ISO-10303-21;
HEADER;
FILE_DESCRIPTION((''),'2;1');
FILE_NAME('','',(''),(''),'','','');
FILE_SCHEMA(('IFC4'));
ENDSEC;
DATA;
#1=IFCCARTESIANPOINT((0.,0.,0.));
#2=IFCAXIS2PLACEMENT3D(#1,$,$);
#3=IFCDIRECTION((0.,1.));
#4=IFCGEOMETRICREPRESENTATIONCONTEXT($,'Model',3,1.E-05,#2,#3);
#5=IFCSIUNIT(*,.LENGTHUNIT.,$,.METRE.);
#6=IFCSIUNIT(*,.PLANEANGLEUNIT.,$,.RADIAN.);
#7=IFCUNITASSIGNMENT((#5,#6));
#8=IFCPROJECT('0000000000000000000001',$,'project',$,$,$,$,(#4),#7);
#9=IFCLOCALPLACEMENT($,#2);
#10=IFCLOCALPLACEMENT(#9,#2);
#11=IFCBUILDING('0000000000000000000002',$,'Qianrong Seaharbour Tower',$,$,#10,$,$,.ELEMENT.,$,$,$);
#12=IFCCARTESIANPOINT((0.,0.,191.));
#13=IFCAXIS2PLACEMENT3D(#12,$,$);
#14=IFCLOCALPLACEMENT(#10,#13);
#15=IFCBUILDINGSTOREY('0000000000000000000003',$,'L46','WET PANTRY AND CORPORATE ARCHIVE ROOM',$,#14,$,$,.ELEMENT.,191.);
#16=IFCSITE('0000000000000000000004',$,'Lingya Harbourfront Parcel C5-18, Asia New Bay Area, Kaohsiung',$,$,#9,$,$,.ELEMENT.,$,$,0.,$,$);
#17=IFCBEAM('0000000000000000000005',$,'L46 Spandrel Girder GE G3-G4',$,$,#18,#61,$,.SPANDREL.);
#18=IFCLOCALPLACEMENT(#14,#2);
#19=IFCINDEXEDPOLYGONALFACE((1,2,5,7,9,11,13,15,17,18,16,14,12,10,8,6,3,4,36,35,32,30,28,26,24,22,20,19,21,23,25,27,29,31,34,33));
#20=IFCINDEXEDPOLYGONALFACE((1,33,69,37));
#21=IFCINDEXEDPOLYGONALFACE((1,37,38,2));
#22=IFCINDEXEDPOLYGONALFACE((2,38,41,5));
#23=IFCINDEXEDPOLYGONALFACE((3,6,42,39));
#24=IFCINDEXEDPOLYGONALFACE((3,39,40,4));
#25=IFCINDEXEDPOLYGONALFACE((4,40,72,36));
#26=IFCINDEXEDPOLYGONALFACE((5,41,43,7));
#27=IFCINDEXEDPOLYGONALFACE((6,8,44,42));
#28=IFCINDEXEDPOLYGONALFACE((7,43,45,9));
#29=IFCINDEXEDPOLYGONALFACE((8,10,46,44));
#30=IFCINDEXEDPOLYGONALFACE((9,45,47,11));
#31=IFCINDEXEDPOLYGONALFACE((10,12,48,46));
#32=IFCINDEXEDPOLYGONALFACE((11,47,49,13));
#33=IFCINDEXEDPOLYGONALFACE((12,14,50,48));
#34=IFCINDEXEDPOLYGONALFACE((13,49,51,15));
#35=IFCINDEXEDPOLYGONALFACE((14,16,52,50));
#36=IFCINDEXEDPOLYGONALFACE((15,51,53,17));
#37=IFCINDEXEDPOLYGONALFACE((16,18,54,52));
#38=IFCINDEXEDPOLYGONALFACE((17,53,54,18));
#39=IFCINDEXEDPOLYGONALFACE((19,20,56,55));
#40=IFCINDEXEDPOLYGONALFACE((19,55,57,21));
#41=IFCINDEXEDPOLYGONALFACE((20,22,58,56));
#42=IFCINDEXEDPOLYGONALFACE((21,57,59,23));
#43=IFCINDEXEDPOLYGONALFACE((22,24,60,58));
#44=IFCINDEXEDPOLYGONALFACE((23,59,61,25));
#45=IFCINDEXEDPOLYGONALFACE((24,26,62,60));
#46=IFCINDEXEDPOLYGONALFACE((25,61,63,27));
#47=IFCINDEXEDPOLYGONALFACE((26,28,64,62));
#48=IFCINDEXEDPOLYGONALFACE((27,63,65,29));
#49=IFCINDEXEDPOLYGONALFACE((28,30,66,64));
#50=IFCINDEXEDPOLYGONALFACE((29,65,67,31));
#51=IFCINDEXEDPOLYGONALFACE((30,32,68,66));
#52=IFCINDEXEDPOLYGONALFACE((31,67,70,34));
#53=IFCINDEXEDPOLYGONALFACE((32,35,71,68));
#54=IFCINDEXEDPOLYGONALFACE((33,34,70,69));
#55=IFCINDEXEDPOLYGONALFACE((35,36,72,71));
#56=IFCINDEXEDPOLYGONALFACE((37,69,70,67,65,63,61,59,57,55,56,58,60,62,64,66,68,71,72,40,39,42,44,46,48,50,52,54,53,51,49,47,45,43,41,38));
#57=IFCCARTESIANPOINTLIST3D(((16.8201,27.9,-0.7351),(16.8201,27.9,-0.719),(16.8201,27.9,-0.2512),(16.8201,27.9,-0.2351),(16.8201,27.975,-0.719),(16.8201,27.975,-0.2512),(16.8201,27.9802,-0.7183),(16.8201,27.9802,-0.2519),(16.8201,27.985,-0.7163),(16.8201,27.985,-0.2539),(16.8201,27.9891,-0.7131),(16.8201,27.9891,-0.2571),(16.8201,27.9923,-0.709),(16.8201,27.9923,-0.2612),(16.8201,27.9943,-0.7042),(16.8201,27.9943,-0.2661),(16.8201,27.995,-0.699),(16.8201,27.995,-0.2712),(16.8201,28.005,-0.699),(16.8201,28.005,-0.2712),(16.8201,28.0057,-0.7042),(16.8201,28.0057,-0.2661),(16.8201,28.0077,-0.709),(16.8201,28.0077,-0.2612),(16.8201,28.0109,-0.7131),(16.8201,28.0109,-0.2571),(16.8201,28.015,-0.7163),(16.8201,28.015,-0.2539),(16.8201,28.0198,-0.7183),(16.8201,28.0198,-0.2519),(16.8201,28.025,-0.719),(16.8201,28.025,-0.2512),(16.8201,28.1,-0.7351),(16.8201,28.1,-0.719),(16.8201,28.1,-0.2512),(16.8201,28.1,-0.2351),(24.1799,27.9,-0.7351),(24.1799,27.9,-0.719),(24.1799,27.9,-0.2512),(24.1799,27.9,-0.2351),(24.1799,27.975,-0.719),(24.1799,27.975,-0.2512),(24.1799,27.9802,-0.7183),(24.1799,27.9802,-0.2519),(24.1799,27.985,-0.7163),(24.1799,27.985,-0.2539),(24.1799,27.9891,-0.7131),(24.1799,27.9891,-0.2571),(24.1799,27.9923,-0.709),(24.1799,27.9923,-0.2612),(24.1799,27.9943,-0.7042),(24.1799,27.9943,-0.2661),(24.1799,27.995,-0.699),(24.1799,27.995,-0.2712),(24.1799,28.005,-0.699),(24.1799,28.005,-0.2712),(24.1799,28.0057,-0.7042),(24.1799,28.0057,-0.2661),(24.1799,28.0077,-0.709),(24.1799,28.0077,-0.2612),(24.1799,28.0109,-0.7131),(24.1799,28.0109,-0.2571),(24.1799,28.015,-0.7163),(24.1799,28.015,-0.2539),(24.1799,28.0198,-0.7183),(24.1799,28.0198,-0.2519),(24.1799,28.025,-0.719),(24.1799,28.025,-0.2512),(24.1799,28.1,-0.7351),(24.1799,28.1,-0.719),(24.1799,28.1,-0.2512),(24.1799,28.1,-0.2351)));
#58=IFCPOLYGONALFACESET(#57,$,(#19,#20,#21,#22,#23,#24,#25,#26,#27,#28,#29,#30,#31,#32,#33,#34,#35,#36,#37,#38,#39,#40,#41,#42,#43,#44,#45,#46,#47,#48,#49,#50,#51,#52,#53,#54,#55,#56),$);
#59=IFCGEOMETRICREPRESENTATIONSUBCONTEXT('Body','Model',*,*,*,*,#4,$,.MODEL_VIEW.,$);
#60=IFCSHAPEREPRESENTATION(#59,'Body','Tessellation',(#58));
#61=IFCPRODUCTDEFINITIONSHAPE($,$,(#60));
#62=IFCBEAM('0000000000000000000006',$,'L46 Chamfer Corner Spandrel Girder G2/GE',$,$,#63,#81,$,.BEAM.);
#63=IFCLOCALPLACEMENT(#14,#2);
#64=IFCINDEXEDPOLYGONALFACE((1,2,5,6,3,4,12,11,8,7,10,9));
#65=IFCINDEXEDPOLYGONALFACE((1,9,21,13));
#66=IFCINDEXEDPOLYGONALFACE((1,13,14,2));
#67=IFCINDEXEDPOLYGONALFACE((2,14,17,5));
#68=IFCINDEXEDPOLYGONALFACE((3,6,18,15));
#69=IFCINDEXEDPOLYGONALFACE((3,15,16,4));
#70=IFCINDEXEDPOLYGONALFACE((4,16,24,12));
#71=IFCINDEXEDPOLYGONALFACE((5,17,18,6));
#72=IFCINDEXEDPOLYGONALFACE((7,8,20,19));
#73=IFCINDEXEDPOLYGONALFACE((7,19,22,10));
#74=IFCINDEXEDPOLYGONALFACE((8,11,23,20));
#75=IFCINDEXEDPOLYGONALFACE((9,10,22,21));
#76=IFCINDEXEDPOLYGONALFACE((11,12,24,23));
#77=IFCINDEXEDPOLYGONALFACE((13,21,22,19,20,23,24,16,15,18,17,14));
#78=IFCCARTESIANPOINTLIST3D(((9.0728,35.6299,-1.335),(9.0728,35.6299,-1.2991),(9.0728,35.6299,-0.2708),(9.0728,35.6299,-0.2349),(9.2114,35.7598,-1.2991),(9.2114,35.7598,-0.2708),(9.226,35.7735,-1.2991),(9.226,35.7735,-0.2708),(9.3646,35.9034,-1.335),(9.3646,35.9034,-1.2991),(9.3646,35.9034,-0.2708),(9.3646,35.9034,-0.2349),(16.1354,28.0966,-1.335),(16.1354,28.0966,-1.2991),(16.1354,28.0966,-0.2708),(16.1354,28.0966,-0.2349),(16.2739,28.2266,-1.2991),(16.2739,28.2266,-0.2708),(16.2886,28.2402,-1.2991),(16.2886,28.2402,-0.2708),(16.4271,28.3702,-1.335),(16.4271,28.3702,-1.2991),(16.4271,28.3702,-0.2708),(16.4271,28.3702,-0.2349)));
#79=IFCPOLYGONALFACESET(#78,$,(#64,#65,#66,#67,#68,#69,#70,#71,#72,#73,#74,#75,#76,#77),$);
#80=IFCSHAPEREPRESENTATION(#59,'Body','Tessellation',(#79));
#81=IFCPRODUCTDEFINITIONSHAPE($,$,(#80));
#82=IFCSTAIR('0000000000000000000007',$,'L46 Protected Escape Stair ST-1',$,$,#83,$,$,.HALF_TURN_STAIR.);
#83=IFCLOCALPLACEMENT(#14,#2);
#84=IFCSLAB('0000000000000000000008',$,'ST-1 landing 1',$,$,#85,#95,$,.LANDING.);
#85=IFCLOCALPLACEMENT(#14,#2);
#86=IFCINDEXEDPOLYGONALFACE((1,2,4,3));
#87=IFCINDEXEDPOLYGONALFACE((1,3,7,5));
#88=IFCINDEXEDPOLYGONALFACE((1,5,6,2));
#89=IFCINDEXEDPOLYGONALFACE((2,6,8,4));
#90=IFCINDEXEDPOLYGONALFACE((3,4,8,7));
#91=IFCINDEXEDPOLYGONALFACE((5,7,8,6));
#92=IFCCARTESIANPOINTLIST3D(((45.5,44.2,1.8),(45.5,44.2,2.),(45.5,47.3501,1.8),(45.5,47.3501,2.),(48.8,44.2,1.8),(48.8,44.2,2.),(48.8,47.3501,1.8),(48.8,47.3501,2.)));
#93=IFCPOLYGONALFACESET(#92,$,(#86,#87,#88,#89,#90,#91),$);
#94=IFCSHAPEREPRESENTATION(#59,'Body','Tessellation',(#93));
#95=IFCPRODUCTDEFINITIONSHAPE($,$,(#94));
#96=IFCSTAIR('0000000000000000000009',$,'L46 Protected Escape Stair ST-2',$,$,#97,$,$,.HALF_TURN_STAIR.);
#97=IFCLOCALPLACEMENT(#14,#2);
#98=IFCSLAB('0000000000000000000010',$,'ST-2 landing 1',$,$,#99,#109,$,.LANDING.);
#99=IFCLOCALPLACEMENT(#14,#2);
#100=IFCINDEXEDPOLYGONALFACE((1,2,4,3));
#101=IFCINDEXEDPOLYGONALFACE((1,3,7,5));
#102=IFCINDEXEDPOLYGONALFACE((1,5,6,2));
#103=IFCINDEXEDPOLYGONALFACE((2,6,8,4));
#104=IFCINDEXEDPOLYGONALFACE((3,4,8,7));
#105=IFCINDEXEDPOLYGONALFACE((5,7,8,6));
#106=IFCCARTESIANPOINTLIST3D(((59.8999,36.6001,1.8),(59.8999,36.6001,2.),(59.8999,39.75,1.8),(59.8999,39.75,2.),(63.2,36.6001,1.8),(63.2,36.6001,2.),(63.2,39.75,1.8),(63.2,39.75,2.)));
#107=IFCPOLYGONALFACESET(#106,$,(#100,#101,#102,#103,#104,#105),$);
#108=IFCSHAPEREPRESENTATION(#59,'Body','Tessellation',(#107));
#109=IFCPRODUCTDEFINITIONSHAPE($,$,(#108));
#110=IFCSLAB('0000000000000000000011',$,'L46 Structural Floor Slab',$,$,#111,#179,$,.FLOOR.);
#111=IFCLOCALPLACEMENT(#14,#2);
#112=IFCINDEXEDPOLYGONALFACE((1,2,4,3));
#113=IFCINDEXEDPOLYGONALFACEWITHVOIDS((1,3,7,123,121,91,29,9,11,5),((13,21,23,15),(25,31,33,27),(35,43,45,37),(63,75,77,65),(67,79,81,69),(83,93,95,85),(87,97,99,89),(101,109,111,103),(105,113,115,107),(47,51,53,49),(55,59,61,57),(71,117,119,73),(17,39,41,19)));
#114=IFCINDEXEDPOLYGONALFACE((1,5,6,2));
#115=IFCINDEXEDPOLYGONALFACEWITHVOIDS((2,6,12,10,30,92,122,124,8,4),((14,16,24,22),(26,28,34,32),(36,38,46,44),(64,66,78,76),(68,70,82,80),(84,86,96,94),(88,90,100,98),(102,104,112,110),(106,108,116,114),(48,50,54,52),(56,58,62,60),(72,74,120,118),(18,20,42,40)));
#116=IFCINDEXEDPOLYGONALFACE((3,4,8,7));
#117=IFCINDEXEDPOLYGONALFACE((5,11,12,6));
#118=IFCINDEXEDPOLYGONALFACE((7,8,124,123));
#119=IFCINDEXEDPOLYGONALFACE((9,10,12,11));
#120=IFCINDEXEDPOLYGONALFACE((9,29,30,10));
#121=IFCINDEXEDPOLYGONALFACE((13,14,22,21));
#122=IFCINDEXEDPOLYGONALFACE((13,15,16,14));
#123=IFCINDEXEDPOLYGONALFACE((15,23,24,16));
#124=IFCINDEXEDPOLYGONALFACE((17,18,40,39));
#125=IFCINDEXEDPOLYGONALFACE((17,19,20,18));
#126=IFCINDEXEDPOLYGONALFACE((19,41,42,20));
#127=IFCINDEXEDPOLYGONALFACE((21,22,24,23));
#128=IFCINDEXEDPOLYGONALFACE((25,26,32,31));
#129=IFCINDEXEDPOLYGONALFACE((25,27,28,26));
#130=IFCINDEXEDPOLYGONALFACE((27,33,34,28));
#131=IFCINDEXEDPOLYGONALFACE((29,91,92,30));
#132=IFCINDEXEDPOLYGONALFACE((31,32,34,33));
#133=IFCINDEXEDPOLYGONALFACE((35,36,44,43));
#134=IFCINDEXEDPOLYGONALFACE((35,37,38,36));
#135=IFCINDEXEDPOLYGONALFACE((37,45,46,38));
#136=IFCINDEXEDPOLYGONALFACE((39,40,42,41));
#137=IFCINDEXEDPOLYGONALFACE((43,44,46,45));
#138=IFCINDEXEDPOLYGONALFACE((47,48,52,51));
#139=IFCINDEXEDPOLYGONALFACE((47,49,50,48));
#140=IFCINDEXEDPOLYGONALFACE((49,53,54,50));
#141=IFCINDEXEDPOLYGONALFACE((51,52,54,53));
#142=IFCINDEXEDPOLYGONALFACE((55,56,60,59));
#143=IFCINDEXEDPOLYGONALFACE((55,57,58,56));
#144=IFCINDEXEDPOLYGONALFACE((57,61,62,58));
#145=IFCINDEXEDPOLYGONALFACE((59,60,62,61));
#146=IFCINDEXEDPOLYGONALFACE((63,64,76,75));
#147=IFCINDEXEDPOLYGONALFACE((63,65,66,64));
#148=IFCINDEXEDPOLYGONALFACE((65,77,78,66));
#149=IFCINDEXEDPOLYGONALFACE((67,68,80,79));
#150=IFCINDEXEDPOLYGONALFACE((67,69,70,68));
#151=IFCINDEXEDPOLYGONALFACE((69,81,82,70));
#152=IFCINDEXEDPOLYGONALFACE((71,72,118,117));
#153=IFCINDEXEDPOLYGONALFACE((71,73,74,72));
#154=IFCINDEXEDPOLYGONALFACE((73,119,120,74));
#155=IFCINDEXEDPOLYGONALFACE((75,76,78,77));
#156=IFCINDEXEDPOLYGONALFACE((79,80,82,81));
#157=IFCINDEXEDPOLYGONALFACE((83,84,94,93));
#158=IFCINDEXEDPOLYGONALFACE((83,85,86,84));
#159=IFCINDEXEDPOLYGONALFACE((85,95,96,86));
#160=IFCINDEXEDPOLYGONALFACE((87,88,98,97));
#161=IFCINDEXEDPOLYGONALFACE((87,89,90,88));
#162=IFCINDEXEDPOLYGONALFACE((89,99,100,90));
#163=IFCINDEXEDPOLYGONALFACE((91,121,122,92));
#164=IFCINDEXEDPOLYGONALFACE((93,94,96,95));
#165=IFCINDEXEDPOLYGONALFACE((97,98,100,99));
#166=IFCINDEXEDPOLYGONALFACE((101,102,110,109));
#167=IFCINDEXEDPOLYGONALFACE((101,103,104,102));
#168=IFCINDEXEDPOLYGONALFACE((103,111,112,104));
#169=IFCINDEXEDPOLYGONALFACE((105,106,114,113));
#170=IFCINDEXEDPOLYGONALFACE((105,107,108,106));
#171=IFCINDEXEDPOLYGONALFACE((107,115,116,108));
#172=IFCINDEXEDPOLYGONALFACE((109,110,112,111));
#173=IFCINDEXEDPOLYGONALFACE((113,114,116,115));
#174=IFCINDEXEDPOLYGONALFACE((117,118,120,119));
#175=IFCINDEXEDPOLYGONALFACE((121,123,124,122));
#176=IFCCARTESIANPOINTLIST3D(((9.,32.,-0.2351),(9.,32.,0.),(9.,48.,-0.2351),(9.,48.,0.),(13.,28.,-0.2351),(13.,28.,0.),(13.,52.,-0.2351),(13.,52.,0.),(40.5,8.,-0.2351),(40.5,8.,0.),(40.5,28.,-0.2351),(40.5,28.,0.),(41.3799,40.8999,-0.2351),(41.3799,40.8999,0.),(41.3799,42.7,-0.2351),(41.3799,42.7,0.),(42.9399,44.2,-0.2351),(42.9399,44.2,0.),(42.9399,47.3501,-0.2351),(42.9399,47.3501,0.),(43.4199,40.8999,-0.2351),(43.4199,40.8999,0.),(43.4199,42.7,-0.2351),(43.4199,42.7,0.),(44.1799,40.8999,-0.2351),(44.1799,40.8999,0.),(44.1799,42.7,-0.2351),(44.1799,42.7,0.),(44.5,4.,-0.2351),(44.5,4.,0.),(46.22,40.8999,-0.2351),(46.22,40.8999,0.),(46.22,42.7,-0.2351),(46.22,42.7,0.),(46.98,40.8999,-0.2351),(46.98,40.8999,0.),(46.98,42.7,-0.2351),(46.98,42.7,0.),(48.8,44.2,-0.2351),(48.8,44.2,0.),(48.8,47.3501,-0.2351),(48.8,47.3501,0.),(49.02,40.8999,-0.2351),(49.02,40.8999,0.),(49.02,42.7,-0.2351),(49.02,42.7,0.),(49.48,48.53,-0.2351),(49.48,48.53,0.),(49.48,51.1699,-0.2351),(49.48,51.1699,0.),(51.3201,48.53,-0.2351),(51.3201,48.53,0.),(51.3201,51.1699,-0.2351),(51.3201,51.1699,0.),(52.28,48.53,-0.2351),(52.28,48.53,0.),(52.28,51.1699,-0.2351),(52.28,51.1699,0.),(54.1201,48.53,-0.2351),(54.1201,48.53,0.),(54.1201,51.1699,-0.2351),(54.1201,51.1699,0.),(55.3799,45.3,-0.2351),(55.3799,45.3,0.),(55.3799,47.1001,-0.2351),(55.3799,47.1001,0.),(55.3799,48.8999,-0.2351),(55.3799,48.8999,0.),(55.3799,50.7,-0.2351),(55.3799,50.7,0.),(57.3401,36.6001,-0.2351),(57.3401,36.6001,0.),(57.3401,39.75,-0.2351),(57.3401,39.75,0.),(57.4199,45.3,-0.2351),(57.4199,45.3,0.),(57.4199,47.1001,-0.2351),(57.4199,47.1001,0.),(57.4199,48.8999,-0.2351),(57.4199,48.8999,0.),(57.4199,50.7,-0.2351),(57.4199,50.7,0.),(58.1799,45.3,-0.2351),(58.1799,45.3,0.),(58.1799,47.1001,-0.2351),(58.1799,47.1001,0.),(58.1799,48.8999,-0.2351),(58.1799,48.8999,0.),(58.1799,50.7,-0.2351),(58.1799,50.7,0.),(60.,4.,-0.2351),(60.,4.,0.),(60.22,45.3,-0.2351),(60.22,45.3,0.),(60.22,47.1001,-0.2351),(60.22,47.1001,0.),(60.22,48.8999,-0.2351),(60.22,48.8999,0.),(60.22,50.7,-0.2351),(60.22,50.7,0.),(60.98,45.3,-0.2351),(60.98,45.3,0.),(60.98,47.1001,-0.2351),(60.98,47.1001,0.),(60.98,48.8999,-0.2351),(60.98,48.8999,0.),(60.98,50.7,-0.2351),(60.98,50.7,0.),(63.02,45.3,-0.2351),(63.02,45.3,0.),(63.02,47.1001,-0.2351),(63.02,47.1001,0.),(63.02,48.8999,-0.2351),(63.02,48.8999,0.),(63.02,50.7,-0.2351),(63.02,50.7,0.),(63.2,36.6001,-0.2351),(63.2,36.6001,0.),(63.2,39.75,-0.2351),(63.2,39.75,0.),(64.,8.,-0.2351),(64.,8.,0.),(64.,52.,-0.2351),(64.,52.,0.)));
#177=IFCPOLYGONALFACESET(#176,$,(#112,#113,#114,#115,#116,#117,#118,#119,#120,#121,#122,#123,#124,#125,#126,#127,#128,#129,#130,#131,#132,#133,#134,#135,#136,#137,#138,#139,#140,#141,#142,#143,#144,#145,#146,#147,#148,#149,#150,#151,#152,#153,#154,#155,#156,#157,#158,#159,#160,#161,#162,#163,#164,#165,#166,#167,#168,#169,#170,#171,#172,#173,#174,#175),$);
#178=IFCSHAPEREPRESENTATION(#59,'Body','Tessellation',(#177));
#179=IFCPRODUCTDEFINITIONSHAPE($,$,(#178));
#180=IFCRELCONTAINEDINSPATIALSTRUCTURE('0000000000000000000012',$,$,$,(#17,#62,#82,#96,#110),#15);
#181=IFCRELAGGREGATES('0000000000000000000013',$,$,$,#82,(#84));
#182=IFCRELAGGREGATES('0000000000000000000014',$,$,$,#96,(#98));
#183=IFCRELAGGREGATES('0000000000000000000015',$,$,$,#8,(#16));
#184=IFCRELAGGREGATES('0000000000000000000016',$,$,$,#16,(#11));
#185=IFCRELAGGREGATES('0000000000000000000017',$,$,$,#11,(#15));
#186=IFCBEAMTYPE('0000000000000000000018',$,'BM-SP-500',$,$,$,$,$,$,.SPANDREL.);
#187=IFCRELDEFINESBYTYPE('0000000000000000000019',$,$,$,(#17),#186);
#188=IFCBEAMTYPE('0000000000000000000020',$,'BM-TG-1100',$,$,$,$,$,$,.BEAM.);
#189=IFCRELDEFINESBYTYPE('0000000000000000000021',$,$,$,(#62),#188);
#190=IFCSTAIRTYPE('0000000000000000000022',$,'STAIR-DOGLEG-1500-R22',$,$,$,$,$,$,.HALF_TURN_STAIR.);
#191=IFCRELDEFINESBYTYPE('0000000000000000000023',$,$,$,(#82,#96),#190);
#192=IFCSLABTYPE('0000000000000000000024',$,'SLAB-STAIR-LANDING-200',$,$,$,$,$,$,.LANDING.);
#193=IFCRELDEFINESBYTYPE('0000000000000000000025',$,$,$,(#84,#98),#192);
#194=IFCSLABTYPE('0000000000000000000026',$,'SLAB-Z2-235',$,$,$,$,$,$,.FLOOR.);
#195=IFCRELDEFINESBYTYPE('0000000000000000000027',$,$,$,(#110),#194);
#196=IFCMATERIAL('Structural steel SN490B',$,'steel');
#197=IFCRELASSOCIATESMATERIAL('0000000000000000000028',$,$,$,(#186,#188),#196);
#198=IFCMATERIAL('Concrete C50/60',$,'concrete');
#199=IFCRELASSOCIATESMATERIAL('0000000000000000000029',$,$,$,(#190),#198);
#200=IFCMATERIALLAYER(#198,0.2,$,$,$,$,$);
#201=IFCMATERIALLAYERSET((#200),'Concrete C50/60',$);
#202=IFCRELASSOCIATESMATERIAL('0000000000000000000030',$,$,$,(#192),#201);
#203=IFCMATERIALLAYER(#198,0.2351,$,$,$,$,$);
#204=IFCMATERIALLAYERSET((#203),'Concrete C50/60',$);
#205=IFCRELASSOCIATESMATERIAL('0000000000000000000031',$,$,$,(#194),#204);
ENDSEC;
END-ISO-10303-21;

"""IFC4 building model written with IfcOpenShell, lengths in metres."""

from ifc_helpers import new_model, si_unit, direction, frame, origin, origin_2d, place, context, subcontext, project, spatial, polyline, i_section, outline, extrude, material, layer, layer_set, material_profile, profile_set, type_object, element, aggregate, save


model = new_model("IFC4")

# Units and contexts
model_context = context("Model", 3, precision=1e-05, world=origin(), true_north=direction((0.0, 1.0)))
body_context = subcontext(model_context, "Body", "Model", "MODEL_VIEW")
ifc_project = project(units=[si_unit("LENGTHUNIT", "METRE"), si_unit("PLANEANGLEUNIT", "RADIAN")], contexts=[model_context])

# Site, building, storey
site_placement = place(None, origin())
site = spatial("IfcSite", under=ifc_project, at=site_placement, Name="Lingya Harbourfront Parcel C5-18, Asia New Bay Area, Kaohsiung", CompositionType="ELEMENT", RefElevation=0.0)
building_placement = place(site_placement, origin())
building = spatial("IfcBuilding", under=site, at=building_placement, Name="Qianrong Seaharbour Tower", CompositionType="ELEMENT")
storey_placement = place(building_placement, frame((0.0, 0.0, 191.0)))
storey = spatial("IfcBuildingStorey", under=building, at=storey_placement, Name="L46", Description="WET PANTRY AND CORPORATE ARCHIVE ROOM", CompositionType="ELEMENT", Elevation=191.0)

# Shared definitions
ifc_material_1 = material(Name="Structural steel SN490B", Category="steel")

# Beams
ifc_material_profile_1 = material_profile(ifc_material_1, i_section(OverallWidth=0.2, OverallDepth=0.5, WebThickness=0.01, FlangeThickness=0.0161, FilletRadius=0.02, at=origin_2d()), Name="H500x200x10x16")
ifc_profile_set_1 = profile_set([ifc_material_profile_1], Name="Structural steel SN490B")
beam_type_1 = type_object("IfcBeamType", Name="BM-SP-500", PredefinedType="SPANDREL", material=ifc_profile_set_1)
beam_1_placement = place(storey_placement, frame((16.8201, 28.0, -0.4851), z_axis=(1.0, 0.0, 0.0), x_axis=(0.0, 1.0, 0.0)))
element("IfcBeam", 1, at=beam_1_placement, inside=storey, type_object=beam_type_1, Name="L46 Spandrel Girder GE G3-G4", PredefinedType="SPANDREL", context=body_context, shape_type="SweptSolid", body=[
    extrude(i_section(OverallWidth=0.2, OverallDepth=0.5, WebThickness=0.01, FlangeThickness=0.0161, FilletRadius=0.02, at=origin_2d()), origin(), (0.0, 0.0, 1.0), 7.3599),
])
ifc_material_profile_2 = material_profile(ifc_material_1, i_section(OverallWidth=0.3999, OverallDepth=1.1001, WebThickness=0.02, FlangeThickness=0.0359, at=origin_2d()), Name="BH1100x400x20x36")
ifc_profile_set_2 = profile_set([ifc_material_profile_2], Name="Structural steel SN490B")
beam_type_2 = type_object("IfcBeamType", Name="BM-TG-1100", PredefinedType="BEAM", material=ifc_profile_set_2)
beam_2_placement = place(storey_placement, frame((16.2812, 28.2334, -0.7849), z_axis=(-0.683947, 0.729531, 0.0), x_axis=(-0.729531, -0.683947, 0.0)))
element("IfcBeam", 2, at=beam_2_placement, inside=storey, type_object=beam_type_2, Name="L46 Chamfer Corner Spandrel Girder G2/GE", PredefinedType="BEAM", context=body_context, shape_type="SweptSolid", body=[
    extrude(i_section(OverallWidth=0.3999, OverallDepth=1.1001, WebThickness=0.02, FlangeThickness=0.0359, at=origin_2d()), origin(), (0.0, 0.0, 1.0), 10.3262),
])

# Stairs, slabs
ifc_material_2 = material(Name="Concrete C50/60", Category="concrete")
stair_type = type_object("IfcStairType", Name="STAIR-DOGLEG-1500-R22", PredefinedType="HALF_TURN_STAIR", material=ifc_material_2)
stair_1_placement = place(storey_placement, origin())
stair_1 = element("IfcStair", 3, at=stair_1_placement, inside=storey, type_object=stair_type, Name="L46 Protected Escape Stair ST-1", PredefinedType="HALF_TURN_STAIR")
ifc_layer_1 = layer(ifc_material_2, 0.2)
ifc_layer_set_1 = layer_set([ifc_layer_1], Name="Concrete C50/60")
slab_type_1 = type_object("IfcSlabType", Name="SLAB-STAIR-LANDING-200", PredefinedType="LANDING", material=ifc_layer_set_1)
slab_1_placement = place(storey_placement, frame((0.0, 0.0, 1.8)))
slab_1 = element("IfcSlab", 4, at=slab_1_placement, type_object=slab_type_1, Name="ST-1 landing 1", PredefinedType="LANDING", context=body_context, shape_type="SweptSolid", body=[
    extrude(outline(polyline([(45.5, 44.2), (48.8, 44.2), (48.8, 47.3501), (45.5, 47.3501), (45.5, 44.2)])), origin(), (0.0, 0.0, 1.0), 0.2),
])
aggregate(stair_1, [slab_1])
stair_2_placement = place(storey_placement, origin())
stair_2 = element("IfcStair", 5, at=stair_2_placement, inside=storey, type_object=stair_type, Name="L46 Protected Escape Stair ST-2", PredefinedType="HALF_TURN_STAIR")
slab_2_placement = place(storey_placement, frame((0.0, 0.0, 1.8)))
slab_2 = element("IfcSlab", 6, at=slab_2_placement, type_object=slab_type_1, Name="ST-2 landing 1", PredefinedType="LANDING", context=body_context, shape_type="SweptSolid", body=[
    extrude(outline(polyline([(59.8999, 36.6001), (63.2, 36.6001), (63.2, 39.75), (59.8999, 39.75), (59.8999, 36.6001)])), origin(), (0.0, 0.0, 1.0), 0.2),
])
aggregate(stair_2, [slab_2])

# Slab
ifc_layer_2 = layer(ifc_material_2, 0.2351)
ifc_layer_set_2 = layer_set([ifc_layer_2], Name="Concrete C50/60")
slab_type_2 = type_object("IfcSlabType", Name="SLAB-Z2-235", PredefinedType="FLOOR", material=ifc_layer_set_2)
slab_3_placement = place(storey_placement, frame((0.0, 0.0, -0.2351)))
element("IfcSlab", 7, at=slab_3_placement, inside=storey, type_object=slab_type_2, Name="L46 Structural Floor Slab", PredefinedType="FLOOR", context=body_context, shape_type="SweptSolid", body=[
    extrude(outline(polyline([(44.5, 4.0), (60.0, 4.0), (64.0, 8.0), (64.0, 52.0), (13.0, 52.0), (9.0, 48.0), (9.0, 32.0), (13.0, 28.0), (40.5, 28.0), (40.5, 8.0), (44.5, 4.0)]), holes=[polyline([(42.9399, 44.2), (42.9399, 47.3501), (48.8, 47.3501), (48.8, 44.2), (42.9399, 44.2)]), polyline([(57.3401, 36.6001), (57.3401, 39.75), (63.2, 39.75), (63.2, 36.6001), (57.3401, 36.6001)]), polyline([(49.48, 48.53), (49.48, 51.1699), (51.3201, 51.1699), (51.3201, 48.53), (49.48, 48.53)]), polyline([(52.28, 48.53), (52.28, 51.1699), (54.1201, 51.1699), (54.1201, 48.53), (52.28, 48.53)]), polyline([(41.3799, 40.8999), (41.3799, 42.7), (43.4199, 42.7), (43.4199, 40.8999), (41.3799, 40.8999)]), polyline([(44.1799, 40.8999), (44.1799, 42.7), (46.22, 42.7), (46.22, 40.8999), (44.1799, 40.8999)]), polyline([(46.98, 40.8999), (46.98, 42.7), (49.02, 42.7), (49.02, 40.8999), (46.98, 40.8999)]), polyline([(55.3799, 45.3), (55.3799, 47.1001), (57.4199, 47.1001), (57.4199, 45.3), (55.3799, 45.3)]), polyline([(58.1799, 45.3), (58.1799, 47.1001), (60.22, 47.1001), (60.22, 45.3), (58.1799, 45.3)]), polyline([(60.98, 45.3), (60.98, 47.1001), (63.02, 47.1001), (63.02, 45.3), (60.98, 45.3)]), polyline([(55.3799, 48.8999), (55.3799, 50.7), (57.4199, 50.7), (57.4199, 48.8999), (55.3799, 48.8999)]), polyline([(58.1799, 48.8999), (58.1799, 50.7), (60.22, 50.7), (60.22, 48.8999), (58.1799, 48.8999)]), polyline([(60.98, 48.8999), (60.98, 50.7), (63.02, 50.7), (63.02, 48.8999), (60.98, 48.8999)])]), origin(), (0.0, 0.0, 1.0), 0.2351),
])

save(model, "model.ifc")
